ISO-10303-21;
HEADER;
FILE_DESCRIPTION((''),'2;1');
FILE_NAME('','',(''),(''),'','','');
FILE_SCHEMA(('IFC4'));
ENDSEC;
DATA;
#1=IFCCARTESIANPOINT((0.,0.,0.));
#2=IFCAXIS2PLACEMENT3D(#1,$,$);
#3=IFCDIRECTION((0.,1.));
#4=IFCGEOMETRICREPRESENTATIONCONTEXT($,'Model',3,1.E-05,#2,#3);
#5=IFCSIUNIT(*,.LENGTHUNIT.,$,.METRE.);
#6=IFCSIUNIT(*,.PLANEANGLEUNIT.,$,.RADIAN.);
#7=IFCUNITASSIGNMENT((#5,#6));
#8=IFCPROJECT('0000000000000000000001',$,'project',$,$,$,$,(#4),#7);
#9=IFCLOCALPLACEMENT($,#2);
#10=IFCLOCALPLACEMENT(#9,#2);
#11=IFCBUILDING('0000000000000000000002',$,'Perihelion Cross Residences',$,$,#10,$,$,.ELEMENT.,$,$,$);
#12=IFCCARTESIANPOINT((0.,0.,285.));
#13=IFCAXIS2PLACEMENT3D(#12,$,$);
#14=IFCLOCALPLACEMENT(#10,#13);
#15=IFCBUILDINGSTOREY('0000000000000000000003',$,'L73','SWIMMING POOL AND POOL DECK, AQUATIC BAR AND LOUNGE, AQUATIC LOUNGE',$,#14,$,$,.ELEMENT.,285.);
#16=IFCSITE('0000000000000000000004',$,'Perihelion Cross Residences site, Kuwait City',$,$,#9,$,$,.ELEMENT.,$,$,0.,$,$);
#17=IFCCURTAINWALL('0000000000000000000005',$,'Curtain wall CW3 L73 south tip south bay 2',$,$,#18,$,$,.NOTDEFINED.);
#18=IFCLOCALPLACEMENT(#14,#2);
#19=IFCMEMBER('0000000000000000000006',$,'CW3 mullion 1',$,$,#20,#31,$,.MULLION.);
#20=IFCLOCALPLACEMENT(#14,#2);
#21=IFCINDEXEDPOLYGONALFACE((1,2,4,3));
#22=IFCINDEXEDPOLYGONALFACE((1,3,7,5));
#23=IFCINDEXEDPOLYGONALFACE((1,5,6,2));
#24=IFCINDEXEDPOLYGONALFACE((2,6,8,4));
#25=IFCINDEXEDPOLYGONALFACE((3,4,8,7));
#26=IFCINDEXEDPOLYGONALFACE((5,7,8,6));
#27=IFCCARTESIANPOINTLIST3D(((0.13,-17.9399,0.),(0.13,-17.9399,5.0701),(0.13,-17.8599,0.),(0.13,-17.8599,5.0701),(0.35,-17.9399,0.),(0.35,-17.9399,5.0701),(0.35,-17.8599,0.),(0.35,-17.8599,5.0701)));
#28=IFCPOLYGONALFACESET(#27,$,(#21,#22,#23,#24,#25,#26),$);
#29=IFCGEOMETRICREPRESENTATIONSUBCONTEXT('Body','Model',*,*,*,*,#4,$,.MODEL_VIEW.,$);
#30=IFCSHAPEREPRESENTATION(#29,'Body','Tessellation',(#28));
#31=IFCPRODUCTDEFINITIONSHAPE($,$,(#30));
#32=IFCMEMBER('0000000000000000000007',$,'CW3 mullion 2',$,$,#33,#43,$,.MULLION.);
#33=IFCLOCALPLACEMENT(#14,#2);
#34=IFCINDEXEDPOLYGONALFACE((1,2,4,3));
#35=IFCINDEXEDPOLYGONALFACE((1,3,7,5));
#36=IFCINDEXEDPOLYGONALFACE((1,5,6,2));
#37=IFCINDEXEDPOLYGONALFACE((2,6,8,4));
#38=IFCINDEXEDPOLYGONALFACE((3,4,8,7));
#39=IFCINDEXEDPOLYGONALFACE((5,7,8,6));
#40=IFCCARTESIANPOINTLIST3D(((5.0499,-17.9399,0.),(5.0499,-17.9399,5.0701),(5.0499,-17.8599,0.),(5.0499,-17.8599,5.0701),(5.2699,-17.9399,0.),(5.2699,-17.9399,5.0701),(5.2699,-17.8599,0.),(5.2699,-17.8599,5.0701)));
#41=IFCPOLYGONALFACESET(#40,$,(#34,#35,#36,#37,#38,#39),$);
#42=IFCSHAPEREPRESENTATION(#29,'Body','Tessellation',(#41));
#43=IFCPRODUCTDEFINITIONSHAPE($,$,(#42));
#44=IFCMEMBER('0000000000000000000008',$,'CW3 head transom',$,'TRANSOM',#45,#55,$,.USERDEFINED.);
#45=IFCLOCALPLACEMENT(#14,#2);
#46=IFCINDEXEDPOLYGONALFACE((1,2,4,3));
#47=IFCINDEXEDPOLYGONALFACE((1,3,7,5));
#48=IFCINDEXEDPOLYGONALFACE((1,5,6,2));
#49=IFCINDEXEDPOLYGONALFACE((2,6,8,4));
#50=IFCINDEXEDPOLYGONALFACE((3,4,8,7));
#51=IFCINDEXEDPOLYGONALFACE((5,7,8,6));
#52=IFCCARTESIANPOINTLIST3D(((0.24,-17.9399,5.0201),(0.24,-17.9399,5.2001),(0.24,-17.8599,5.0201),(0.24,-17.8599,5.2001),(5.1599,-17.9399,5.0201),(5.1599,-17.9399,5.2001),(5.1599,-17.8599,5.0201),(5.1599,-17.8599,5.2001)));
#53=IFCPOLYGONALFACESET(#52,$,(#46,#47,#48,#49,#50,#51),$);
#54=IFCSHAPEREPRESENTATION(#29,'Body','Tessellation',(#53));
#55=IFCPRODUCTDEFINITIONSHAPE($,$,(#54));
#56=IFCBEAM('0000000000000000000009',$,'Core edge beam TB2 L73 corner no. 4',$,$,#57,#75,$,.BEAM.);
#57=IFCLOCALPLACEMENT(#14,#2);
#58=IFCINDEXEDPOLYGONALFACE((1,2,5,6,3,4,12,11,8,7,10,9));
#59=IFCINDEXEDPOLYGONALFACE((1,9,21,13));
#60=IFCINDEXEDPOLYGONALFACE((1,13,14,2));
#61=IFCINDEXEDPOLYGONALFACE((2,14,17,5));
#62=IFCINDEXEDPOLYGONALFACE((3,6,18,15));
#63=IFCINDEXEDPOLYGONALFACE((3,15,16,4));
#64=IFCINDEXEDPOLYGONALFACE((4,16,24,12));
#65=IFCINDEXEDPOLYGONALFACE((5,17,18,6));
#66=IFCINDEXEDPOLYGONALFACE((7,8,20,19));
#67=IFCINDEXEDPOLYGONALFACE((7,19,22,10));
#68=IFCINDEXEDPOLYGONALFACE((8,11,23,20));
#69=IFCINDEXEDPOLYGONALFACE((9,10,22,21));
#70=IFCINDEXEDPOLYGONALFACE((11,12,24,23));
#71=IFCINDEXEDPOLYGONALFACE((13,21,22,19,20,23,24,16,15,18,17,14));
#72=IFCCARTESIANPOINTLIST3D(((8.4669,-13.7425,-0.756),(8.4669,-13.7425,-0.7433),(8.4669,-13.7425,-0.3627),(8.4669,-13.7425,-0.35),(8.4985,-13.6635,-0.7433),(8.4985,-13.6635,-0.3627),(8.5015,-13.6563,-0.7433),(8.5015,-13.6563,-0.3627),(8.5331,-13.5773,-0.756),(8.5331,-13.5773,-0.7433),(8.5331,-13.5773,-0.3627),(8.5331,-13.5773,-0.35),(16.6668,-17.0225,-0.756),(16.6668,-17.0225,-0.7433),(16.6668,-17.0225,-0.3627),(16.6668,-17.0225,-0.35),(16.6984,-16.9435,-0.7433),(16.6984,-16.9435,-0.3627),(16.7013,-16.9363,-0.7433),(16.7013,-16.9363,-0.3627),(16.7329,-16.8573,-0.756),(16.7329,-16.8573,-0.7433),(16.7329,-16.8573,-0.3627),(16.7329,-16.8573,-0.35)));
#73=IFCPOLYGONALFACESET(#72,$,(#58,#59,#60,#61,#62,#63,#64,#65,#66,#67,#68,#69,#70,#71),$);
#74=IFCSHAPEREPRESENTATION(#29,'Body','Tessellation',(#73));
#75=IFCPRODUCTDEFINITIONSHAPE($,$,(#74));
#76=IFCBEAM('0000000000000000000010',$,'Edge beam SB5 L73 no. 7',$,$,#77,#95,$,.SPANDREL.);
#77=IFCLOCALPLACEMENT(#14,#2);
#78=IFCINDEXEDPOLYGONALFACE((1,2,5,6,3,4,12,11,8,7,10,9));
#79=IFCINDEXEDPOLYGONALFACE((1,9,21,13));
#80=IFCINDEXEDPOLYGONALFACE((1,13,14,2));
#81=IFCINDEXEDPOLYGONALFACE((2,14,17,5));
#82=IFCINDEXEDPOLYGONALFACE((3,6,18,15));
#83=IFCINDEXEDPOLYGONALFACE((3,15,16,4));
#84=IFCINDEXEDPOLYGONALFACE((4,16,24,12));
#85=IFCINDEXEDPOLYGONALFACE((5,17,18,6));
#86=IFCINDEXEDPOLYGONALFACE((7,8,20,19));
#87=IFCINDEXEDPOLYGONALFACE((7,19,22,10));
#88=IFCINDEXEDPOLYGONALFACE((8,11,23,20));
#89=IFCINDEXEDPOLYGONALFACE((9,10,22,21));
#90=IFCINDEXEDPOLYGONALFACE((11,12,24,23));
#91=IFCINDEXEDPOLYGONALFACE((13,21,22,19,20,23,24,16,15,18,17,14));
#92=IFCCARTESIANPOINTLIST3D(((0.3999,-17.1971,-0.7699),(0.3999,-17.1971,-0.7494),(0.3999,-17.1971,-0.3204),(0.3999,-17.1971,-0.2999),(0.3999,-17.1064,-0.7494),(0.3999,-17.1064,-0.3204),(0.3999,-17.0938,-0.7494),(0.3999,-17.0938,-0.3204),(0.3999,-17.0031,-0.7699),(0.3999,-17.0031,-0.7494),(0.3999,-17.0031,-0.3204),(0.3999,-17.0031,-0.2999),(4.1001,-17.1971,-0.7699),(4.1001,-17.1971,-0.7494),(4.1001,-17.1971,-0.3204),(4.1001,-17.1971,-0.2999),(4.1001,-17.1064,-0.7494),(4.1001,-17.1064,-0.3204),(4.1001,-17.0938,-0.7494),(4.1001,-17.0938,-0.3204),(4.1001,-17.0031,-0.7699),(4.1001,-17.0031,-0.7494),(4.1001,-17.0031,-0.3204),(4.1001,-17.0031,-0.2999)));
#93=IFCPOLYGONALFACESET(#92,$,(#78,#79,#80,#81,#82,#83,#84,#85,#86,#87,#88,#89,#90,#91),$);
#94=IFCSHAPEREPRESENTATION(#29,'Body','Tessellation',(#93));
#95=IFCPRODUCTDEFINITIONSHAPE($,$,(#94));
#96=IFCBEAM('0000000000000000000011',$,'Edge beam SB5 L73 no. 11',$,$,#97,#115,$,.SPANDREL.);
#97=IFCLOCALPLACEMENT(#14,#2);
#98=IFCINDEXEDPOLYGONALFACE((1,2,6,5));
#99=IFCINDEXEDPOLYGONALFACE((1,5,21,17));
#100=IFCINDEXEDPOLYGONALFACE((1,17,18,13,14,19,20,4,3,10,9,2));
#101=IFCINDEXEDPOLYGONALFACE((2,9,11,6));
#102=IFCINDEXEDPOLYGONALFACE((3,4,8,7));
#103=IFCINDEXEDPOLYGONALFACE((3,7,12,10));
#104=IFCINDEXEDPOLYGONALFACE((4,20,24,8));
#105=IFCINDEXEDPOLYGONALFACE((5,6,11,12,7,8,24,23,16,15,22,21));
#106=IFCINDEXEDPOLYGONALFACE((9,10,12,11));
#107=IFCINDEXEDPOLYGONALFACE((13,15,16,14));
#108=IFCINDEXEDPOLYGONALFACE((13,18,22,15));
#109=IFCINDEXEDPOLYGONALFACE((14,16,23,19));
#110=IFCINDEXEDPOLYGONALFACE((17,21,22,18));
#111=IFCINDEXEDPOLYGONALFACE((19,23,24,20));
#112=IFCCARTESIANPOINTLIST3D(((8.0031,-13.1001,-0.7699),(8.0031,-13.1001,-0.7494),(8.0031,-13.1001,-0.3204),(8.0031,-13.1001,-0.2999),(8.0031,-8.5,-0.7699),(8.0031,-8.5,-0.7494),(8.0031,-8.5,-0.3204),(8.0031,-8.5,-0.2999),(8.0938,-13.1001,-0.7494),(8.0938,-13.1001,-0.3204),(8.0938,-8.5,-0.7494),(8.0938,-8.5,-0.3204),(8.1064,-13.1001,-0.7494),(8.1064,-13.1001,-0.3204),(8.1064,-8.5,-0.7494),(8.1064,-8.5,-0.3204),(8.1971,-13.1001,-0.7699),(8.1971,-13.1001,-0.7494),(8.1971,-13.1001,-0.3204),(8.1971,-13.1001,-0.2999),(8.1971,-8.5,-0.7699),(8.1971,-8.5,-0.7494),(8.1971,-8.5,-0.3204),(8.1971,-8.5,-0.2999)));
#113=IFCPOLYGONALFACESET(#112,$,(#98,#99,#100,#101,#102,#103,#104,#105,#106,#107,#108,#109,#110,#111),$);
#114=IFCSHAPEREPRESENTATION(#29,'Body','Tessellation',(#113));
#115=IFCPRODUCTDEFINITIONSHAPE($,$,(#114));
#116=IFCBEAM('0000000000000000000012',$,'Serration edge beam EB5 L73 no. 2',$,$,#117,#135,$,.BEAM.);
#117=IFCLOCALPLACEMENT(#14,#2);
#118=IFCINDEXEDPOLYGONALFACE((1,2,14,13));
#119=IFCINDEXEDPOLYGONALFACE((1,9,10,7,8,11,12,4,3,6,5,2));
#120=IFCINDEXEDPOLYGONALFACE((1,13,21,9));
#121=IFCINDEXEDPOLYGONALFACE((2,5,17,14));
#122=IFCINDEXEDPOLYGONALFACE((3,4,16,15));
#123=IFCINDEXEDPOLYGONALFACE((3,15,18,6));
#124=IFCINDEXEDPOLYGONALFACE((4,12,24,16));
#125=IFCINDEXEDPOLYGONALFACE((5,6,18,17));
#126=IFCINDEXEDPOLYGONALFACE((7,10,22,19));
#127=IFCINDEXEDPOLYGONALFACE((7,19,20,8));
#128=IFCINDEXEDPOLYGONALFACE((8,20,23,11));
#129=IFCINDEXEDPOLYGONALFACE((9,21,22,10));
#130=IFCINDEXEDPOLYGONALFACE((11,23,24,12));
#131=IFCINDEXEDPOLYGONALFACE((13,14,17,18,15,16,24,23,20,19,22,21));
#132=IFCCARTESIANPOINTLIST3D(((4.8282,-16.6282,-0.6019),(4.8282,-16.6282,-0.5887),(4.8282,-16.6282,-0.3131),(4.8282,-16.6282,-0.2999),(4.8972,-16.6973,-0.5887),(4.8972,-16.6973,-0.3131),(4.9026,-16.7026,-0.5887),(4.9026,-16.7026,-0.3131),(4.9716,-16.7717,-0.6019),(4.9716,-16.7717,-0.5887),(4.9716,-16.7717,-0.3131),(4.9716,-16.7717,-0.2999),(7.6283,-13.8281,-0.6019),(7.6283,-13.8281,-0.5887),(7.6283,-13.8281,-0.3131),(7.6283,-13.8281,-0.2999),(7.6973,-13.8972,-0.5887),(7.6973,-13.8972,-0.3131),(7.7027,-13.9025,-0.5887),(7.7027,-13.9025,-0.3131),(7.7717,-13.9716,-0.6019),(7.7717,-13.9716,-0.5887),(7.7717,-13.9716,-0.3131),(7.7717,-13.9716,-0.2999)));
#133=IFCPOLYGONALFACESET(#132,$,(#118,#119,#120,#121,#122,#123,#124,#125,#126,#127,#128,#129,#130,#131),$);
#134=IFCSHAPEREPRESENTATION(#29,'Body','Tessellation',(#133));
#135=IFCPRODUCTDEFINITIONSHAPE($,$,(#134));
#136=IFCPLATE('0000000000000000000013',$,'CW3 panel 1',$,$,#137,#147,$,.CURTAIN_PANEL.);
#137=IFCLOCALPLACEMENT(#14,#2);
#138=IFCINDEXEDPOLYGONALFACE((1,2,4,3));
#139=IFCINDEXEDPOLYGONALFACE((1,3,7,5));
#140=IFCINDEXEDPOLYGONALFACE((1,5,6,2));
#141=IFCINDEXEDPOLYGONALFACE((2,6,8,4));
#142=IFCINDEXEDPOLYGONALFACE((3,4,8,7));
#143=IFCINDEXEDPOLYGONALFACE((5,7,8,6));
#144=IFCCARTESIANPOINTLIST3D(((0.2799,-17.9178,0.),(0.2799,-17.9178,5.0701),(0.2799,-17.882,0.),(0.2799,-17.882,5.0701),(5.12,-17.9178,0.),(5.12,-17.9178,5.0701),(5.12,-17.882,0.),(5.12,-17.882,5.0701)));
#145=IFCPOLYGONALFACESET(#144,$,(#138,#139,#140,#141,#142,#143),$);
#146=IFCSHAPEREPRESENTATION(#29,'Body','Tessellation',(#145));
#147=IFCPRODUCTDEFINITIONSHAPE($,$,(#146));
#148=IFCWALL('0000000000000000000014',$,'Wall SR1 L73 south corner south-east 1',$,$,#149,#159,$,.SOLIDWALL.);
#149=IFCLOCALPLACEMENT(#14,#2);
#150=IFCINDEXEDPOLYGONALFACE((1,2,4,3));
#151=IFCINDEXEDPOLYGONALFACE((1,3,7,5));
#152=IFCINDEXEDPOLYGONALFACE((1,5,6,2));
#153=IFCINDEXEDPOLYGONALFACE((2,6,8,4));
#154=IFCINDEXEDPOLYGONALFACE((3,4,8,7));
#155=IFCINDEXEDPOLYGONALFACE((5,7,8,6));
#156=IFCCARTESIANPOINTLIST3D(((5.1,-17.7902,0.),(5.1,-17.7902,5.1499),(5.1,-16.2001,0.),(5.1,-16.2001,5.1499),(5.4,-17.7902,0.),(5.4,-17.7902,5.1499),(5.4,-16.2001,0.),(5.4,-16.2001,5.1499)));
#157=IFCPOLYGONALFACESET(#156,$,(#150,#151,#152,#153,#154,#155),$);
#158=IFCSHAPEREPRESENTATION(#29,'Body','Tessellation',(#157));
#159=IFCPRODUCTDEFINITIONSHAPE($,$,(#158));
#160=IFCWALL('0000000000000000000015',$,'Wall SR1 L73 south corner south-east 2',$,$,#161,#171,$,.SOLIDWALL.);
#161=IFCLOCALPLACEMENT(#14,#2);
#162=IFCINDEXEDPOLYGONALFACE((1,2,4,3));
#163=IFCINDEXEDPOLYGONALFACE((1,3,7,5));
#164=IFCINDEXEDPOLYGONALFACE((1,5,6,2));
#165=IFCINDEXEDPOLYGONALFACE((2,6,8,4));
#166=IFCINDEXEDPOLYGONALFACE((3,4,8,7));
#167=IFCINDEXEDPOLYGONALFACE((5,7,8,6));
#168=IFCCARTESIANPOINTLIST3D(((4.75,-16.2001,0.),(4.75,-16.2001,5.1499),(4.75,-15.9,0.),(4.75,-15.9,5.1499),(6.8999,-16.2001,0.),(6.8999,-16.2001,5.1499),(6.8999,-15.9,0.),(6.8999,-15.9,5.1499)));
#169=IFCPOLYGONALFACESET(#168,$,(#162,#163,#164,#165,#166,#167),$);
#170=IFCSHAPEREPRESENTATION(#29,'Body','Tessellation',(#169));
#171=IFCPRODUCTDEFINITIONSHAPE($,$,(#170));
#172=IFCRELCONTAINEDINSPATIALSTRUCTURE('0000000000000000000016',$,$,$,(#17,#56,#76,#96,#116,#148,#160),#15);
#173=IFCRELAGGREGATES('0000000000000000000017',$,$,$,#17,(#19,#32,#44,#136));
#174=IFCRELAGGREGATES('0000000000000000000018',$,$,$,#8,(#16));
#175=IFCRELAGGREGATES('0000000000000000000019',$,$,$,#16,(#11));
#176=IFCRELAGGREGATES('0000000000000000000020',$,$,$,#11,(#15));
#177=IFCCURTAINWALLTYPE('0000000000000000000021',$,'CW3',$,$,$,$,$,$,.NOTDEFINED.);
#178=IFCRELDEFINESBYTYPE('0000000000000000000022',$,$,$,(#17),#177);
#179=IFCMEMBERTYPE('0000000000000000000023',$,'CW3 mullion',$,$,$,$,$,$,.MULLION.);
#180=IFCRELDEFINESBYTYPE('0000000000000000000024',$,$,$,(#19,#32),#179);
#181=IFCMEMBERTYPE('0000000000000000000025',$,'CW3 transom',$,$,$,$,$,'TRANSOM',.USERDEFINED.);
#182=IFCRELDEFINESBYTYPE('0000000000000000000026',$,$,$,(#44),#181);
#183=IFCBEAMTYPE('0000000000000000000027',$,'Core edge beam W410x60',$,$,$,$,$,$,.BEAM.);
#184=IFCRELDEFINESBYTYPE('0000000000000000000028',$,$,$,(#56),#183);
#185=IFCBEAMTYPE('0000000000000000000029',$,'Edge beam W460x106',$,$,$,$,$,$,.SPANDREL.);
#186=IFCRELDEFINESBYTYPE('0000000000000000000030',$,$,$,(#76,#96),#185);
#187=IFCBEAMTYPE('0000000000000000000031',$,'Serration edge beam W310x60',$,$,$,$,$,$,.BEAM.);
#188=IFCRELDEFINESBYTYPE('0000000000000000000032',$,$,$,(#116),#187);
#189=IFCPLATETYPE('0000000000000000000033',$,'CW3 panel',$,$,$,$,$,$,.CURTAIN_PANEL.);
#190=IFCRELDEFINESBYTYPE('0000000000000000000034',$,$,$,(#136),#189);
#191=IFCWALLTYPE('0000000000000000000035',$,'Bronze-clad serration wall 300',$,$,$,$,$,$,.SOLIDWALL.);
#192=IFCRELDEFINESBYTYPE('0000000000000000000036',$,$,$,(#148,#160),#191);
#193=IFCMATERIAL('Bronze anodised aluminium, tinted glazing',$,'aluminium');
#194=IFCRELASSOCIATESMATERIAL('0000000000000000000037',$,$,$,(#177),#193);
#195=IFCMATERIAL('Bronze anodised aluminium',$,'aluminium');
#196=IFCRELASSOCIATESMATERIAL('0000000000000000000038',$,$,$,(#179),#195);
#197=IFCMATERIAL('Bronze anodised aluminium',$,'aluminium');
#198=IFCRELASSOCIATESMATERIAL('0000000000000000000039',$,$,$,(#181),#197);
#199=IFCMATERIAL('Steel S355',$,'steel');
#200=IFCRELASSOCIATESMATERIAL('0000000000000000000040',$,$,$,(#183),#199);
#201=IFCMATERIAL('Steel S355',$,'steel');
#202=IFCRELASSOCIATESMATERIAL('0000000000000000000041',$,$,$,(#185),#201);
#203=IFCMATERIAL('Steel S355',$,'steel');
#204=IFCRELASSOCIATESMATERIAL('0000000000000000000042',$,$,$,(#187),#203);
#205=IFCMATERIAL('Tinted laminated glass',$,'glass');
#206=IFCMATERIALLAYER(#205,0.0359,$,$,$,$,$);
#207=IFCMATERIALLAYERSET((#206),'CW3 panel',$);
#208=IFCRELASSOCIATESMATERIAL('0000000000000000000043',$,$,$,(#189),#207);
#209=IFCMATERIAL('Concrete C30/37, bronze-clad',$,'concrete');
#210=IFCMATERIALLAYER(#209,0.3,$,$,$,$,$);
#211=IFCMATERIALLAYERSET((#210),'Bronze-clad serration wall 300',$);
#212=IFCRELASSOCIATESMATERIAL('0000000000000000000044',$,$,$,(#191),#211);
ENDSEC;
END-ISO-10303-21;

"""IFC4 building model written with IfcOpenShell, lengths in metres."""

from ifc_helpers import new_model, si_unit, direction, frame, frame_2d, origin, origin_2d, place, context, subcontext, project, spatial, rectangle, i_section, extrude, material, layer, layer_set, material_profile, profile_set, type_object, element, aggregate, save


model = new_model("IFC4")

# Units and contexts
model_context = context("Model", 3, precision=1e-05, world=origin(), true_north=direction((0.0, 1.0)))
body_context = subcontext(model_context, "Body", "Model", "MODEL_VIEW")
ifc_project = project(units=[si_unit("LENGTHUNIT", "METRE"), si_unit("PLANEANGLEUNIT", "RADIAN")], contexts=[model_context])

# Site, building, storey
site_placement = place(None, origin())
site = spatial("IfcSite", under=ifc_project, at=site_placement, Name="Perihelion Cross Residences site, Kuwait City", CompositionType="ELEMENT", RefElevation=0.0)
building_placement = place(site_placement, origin())
building = spatial("IfcBuilding", under=site, at=building_placement, Name="Perihelion Cross Residences", CompositionType="ELEMENT")
storey_placement = place(building_placement, frame((0.0, 0.0, 285.0)))
storey = spatial("IfcBuildingStorey", under=building, at=storey_placement, Name="L73", Description="SWIMMING POOL AND POOL DECK, AQUATIC BAR AND LOUNGE, AQUATIC LOUNGE", CompositionType="ELEMENT", Elevation=285.0)

# Curtain wall, members
ifc_material_1 = material(Name="Bronze anodised aluminium, tinted glazing", Category="aluminium")
curtain_wall_type = type_object("IfcCurtainWallType", Name="CW3", PredefinedType="NOTDEFINED", material=ifc_material_1)
curtain_wall_placement = place(storey_placement, origin())
curtain_wall = element("IfcCurtainWall", 1, at=curtain_wall_placement, inside=storey, type_object=curtain_wall_type, Name="Curtain wall CW3 L73 south tip south bay 2", PredefinedType="NOTDEFINED")
ifc_material_2 = material(Name="Bronze anodised aluminium", Category="aluminium")
ifc_material_profile_1 = material_profile(ifc_material_2, rectangle(XDim=0.0801, YDim=0.22, at=origin_2d()), Name="CW3 mullion")
ifc_profile_set_1 = profile_set([ifc_material_profile_1], Name="Bronze anodised aluminium")
member_type_1 = type_object("IfcMemberType", Name="CW3 mullion", PredefinedType="MULLION", material=ifc_profile_set_1)
member_1_placement = place(storey_placement, frame((0.24, -17.8999, 0.0), z_axis=(0.0, 0.0, 1.0), x_axis=(0.0, 1.0, 0.0)))
member_1 = element("IfcMember", 2, at=member_1_placement, type_object=member_type_1, Name="CW3 mullion 1", PredefinedType="MULLION", context=body_context, shape_type="SweptSolid", body=[
    extrude(rectangle(XDim=0.0801, YDim=0.22, at=origin_2d()), origin(), (0.0, 0.0, 1.0), 5.0701),
])
member_2_placement = place(storey_placement, frame((5.1599, -17.8999, 0.0), z_axis=(0.0, 0.0, 1.0), x_axis=(0.0, 1.0, 0.0)))
member_2 = element("IfcMember", 3, at=member_2_placement, type_object=member_type_1, Name="CW3 mullion 2", PredefinedType="MULLION", context=body_context, shape_type="SweptSolid", body=[
    extrude(rectangle(XDim=0.0801, YDim=0.22, at=origin_2d()), origin(), (0.0, 0.0, 1.0), 5.0701),
])
ifc_material_3 = material(Name="Bronze anodised aluminium", Category="aluminium")
ifc_material_profile_2 = material_profile(ifc_material_3, rectangle(XDim=0.0801, YDim=0.1799, at=origin_2d()), Name="CW3 transom")
ifc_profile_set_2 = profile_set([ifc_material_profile_2], Name="Bronze anodised aluminium")
member_type_2 = type_object("IfcMemberType", Name="CW3 transom", ElementType="TRANSOM", PredefinedType="USERDEFINED", material=ifc_profile_set_2)
member_3_placement = place(storey_placement, frame((0.24, -17.8999, 5.1101), z_axis=(1.0, 0.0, 0.0), x_axis=(0.0, 1.0, 0.0)))
member_3 = element("IfcMember", 4, at=member_3_placement, type_object=member_type_2, Name="CW3 head transom", ObjectType="TRANSOM", PredefinedType="USERDEFINED", context=body_context, shape_type="SweptSolid", body=[
    extrude(rectangle(XDim=0.0801, YDim=0.1799, at=origin_2d()), origin(), (0.0, 0.0, 1.0), 4.9199),
])

# Beams
ifc_material_4 = material(Name="Steel S355", Category="steel")
ifc_material_profile_3 = material_profile(ifc_material_4, i_section(OverallWidth=0.178, OverallDepth=0.406, WebThickness=0.0078, FlangeThickness=0.0127, at=origin_2d()), Name="W410x60")
ifc_profile_set_3 = profile_set([ifc_material_profile_3], Name="Steel S355")
beam_type_1 = type_object("IfcBeamType", Name="Core edge beam W410x60", PredefinedType="BEAM", material=ifc_profile_set_3)
beam_1_placement = place(storey_placement, frame((8.5, -13.6599, -0.553), z_axis=(0.928475, -0.371395, 0.0), x_axis=(0.371395, 0.928475, 0.0)))
element("IfcBeam", 5, at=beam_1_placement, inside=storey, type_object=beam_type_1, Name="Core edge beam TB2 L73 corner no. 4", PredefinedType="BEAM", context=body_context, shape_type="SweptSolid", body=[
    extrude(i_section(OverallWidth=0.178, OverallDepth=0.406, WebThickness=0.0078, FlangeThickness=0.0127, at=origin_2d()), origin(), (0.0, 0.0, 1.0), 8.8315),
])
ifc_material_5 = material(Name="Steel S355", Category="steel")
ifc_material_profile_4 = material_profile(ifc_material_5, i_section(OverallWidth=0.1941, OverallDepth=0.47, WebThickness=0.0127, FlangeThickness=0.0205, at=origin_2d()), Name="W460x106")
ifc_profile_set_4 = profile_set([ifc_material_profile_4], Name="Steel S355")
beam_type_2 = type_object("IfcBeamType", Name="Edge beam W460x106", PredefinedType="SPANDREL", material=ifc_profile_set_4)
beam_2_placement = place(storey_placement, frame((0.3999, -17.1001, -0.5349), z_axis=(1.0, 0.0, 0.0), x_axis=(0.0, 1.0, 0.0)))
element("IfcBeam", 6, at=beam_2_placement, inside=storey, type_object=beam_type_2, Name="Edge beam SB5 L73 no. 7", PredefinedType="SPANDREL", context=body_context, shape_type="SweptSolid", body=[
    extrude(i_section(OverallWidth=0.1941, OverallDepth=0.47, WebThickness=0.0127, FlangeThickness=0.0205, at=origin_2d()), origin(), (0.0, 0.0, 1.0), 3.7002),
])
beam_3_placement = place(storey_placement, frame((8.1001, -13.1001, -0.5349), z_axis=(0.0, 1.0, 0.0), x_axis=(-1.0, 0.0, 0.0)))
element("IfcBeam", 7, at=beam_3_placement, inside=storey, type_object=beam_type_2, Name="Edge beam SB5 L73 no. 11", PredefinedType="SPANDREL", context=body_context, shape_type="SweptSolid", body=[
    extrude(i_section(OverallWidth=0.1941, OverallDepth=0.47, WebThickness=0.0127, FlangeThickness=0.0205, at=origin_2d()), origin(), (0.0, 0.0, 1.0), 4.6001),
])
ifc_material_6 = material(Name="Steel S355", Category="steel")
ifc_material_profile_5 = material_profile(ifc_material_6, i_section(OverallWidth=0.2029, OverallDepth=0.302, WebThickness=0.0076, FlangeThickness=0.0132, at=origin_2d()), Name="W310x60")
ifc_profile_set_5 = profile_set([ifc_material_profile_5], Name="Steel S355")
beam_type_3 = type_object("IfcBeamType", Name="Serration edge beam W310x60", PredefinedType="BEAM", material=ifc_profile_set_5)
beam_4_placement = place(storey_placement, frame((4.8999, -16.7, -0.4509), z_axis=(0.707107, 0.707107, 0.0), x_axis=(-0.707107, 0.707107, 0.0)))
element("IfcBeam", 8, at=beam_4_placement, inside=storey, type_object=beam_type_3, Name="Serration edge beam EB5 L73 no. 2", PredefinedType="BEAM", context=body_context, shape_type="SweptSolid", body=[
    extrude(i_section(OverallWidth=0.2029, OverallDepth=0.302, WebThickness=0.0076, FlangeThickness=0.0132, at=origin_2d()), origin(), (0.0, 0.0, 1.0), 3.96),
])

# Plate
ifc_material_7 = material(Name="Tinted laminated glass", Category="glass")
ifc_layer_1 = layer(ifc_material_7, 0.0359)
ifc_layer_set_1 = layer_set([ifc_layer_1], Name="CW3 panel")
plate_type = type_object("IfcPlateType", Name="CW3 panel", PredefinedType="CURTAIN_PANEL", material=ifc_layer_set_1)
plate_placement = place(storey_placement, frame((2.7, -17.8999, 0.0), z_axis=(0.0, 0.0, 1.0), x_axis=(1.0, 0.0, 0.0)))
plate = element("IfcPlate", 9, at=plate_placement, type_object=plate_type, Name="CW3 panel 1", PredefinedType="CURTAIN_PANEL", context=body_context, shape_type="SweptSolid", body=[
    extrude(rectangle(XDim=4.8401, YDim=0.0359, at=origin_2d()), origin(), (0.0, 0.0, 1.0), 5.0701),
])
aggregate(curtain_wall, [member_1, member_2, member_3, plate])

# Walls
ifc_material_8 = material(Name="Concrete C30/37, bronze-clad", Category="concrete")
ifc_layer_2 = layer(ifc_material_8, 0.3)
ifc_layer_set_2 = layer_set([ifc_layer_2], Name="Bronze-clad serration wall 300")
wall_type_1 = type_object("IfcWallType", Name="Bronze-clad serration wall 300", PredefinedType="SOLIDWALL", material=ifc_layer_set_2)
wall_1_placement = place(storey_placement, frame((5.25, -17.79, 0.0), z_axis=(0.0, 0.0, 1.0), x_axis=(0.0, 1.0, 0.0)))
element("IfcWall", 10, at=wall_1_placement, inside=storey, type_object=wall_type_1, Name="Wall SR1 L73 south corner south-east 1", PredefinedType="SOLIDWALL", context=body_context, shape_type="SweptSolid", body=[
    extrude(rectangle(XDim=1.5901, YDim=0.3, at=frame_2d((0.7949, 0.0))), origin(), (0.0, 0.0, 1.0), 5.1499),
])
wall_2_placement = place(storey_placement, frame((4.75, -16.05, 0.0), z_axis=(0.0, 0.0, 1.0), x_axis=(1.0, 0.0, 0.0)))
element("IfcWall", 11, at=wall_2_placement, inside=storey, type_object=wall_type_1, Name="Wall SR1 L73 south corner south-east 2", PredefinedType="SOLIDWALL", context=body_context, shape_type="SweptSolid", body=[
    extrude(rectangle(XDim=2.1499, YDim=0.3, at=frame_2d((1.075, 0.0))), origin(), (0.0, 0.0, 1.0), 5.1499),
])

save(model, "model.ifc")
